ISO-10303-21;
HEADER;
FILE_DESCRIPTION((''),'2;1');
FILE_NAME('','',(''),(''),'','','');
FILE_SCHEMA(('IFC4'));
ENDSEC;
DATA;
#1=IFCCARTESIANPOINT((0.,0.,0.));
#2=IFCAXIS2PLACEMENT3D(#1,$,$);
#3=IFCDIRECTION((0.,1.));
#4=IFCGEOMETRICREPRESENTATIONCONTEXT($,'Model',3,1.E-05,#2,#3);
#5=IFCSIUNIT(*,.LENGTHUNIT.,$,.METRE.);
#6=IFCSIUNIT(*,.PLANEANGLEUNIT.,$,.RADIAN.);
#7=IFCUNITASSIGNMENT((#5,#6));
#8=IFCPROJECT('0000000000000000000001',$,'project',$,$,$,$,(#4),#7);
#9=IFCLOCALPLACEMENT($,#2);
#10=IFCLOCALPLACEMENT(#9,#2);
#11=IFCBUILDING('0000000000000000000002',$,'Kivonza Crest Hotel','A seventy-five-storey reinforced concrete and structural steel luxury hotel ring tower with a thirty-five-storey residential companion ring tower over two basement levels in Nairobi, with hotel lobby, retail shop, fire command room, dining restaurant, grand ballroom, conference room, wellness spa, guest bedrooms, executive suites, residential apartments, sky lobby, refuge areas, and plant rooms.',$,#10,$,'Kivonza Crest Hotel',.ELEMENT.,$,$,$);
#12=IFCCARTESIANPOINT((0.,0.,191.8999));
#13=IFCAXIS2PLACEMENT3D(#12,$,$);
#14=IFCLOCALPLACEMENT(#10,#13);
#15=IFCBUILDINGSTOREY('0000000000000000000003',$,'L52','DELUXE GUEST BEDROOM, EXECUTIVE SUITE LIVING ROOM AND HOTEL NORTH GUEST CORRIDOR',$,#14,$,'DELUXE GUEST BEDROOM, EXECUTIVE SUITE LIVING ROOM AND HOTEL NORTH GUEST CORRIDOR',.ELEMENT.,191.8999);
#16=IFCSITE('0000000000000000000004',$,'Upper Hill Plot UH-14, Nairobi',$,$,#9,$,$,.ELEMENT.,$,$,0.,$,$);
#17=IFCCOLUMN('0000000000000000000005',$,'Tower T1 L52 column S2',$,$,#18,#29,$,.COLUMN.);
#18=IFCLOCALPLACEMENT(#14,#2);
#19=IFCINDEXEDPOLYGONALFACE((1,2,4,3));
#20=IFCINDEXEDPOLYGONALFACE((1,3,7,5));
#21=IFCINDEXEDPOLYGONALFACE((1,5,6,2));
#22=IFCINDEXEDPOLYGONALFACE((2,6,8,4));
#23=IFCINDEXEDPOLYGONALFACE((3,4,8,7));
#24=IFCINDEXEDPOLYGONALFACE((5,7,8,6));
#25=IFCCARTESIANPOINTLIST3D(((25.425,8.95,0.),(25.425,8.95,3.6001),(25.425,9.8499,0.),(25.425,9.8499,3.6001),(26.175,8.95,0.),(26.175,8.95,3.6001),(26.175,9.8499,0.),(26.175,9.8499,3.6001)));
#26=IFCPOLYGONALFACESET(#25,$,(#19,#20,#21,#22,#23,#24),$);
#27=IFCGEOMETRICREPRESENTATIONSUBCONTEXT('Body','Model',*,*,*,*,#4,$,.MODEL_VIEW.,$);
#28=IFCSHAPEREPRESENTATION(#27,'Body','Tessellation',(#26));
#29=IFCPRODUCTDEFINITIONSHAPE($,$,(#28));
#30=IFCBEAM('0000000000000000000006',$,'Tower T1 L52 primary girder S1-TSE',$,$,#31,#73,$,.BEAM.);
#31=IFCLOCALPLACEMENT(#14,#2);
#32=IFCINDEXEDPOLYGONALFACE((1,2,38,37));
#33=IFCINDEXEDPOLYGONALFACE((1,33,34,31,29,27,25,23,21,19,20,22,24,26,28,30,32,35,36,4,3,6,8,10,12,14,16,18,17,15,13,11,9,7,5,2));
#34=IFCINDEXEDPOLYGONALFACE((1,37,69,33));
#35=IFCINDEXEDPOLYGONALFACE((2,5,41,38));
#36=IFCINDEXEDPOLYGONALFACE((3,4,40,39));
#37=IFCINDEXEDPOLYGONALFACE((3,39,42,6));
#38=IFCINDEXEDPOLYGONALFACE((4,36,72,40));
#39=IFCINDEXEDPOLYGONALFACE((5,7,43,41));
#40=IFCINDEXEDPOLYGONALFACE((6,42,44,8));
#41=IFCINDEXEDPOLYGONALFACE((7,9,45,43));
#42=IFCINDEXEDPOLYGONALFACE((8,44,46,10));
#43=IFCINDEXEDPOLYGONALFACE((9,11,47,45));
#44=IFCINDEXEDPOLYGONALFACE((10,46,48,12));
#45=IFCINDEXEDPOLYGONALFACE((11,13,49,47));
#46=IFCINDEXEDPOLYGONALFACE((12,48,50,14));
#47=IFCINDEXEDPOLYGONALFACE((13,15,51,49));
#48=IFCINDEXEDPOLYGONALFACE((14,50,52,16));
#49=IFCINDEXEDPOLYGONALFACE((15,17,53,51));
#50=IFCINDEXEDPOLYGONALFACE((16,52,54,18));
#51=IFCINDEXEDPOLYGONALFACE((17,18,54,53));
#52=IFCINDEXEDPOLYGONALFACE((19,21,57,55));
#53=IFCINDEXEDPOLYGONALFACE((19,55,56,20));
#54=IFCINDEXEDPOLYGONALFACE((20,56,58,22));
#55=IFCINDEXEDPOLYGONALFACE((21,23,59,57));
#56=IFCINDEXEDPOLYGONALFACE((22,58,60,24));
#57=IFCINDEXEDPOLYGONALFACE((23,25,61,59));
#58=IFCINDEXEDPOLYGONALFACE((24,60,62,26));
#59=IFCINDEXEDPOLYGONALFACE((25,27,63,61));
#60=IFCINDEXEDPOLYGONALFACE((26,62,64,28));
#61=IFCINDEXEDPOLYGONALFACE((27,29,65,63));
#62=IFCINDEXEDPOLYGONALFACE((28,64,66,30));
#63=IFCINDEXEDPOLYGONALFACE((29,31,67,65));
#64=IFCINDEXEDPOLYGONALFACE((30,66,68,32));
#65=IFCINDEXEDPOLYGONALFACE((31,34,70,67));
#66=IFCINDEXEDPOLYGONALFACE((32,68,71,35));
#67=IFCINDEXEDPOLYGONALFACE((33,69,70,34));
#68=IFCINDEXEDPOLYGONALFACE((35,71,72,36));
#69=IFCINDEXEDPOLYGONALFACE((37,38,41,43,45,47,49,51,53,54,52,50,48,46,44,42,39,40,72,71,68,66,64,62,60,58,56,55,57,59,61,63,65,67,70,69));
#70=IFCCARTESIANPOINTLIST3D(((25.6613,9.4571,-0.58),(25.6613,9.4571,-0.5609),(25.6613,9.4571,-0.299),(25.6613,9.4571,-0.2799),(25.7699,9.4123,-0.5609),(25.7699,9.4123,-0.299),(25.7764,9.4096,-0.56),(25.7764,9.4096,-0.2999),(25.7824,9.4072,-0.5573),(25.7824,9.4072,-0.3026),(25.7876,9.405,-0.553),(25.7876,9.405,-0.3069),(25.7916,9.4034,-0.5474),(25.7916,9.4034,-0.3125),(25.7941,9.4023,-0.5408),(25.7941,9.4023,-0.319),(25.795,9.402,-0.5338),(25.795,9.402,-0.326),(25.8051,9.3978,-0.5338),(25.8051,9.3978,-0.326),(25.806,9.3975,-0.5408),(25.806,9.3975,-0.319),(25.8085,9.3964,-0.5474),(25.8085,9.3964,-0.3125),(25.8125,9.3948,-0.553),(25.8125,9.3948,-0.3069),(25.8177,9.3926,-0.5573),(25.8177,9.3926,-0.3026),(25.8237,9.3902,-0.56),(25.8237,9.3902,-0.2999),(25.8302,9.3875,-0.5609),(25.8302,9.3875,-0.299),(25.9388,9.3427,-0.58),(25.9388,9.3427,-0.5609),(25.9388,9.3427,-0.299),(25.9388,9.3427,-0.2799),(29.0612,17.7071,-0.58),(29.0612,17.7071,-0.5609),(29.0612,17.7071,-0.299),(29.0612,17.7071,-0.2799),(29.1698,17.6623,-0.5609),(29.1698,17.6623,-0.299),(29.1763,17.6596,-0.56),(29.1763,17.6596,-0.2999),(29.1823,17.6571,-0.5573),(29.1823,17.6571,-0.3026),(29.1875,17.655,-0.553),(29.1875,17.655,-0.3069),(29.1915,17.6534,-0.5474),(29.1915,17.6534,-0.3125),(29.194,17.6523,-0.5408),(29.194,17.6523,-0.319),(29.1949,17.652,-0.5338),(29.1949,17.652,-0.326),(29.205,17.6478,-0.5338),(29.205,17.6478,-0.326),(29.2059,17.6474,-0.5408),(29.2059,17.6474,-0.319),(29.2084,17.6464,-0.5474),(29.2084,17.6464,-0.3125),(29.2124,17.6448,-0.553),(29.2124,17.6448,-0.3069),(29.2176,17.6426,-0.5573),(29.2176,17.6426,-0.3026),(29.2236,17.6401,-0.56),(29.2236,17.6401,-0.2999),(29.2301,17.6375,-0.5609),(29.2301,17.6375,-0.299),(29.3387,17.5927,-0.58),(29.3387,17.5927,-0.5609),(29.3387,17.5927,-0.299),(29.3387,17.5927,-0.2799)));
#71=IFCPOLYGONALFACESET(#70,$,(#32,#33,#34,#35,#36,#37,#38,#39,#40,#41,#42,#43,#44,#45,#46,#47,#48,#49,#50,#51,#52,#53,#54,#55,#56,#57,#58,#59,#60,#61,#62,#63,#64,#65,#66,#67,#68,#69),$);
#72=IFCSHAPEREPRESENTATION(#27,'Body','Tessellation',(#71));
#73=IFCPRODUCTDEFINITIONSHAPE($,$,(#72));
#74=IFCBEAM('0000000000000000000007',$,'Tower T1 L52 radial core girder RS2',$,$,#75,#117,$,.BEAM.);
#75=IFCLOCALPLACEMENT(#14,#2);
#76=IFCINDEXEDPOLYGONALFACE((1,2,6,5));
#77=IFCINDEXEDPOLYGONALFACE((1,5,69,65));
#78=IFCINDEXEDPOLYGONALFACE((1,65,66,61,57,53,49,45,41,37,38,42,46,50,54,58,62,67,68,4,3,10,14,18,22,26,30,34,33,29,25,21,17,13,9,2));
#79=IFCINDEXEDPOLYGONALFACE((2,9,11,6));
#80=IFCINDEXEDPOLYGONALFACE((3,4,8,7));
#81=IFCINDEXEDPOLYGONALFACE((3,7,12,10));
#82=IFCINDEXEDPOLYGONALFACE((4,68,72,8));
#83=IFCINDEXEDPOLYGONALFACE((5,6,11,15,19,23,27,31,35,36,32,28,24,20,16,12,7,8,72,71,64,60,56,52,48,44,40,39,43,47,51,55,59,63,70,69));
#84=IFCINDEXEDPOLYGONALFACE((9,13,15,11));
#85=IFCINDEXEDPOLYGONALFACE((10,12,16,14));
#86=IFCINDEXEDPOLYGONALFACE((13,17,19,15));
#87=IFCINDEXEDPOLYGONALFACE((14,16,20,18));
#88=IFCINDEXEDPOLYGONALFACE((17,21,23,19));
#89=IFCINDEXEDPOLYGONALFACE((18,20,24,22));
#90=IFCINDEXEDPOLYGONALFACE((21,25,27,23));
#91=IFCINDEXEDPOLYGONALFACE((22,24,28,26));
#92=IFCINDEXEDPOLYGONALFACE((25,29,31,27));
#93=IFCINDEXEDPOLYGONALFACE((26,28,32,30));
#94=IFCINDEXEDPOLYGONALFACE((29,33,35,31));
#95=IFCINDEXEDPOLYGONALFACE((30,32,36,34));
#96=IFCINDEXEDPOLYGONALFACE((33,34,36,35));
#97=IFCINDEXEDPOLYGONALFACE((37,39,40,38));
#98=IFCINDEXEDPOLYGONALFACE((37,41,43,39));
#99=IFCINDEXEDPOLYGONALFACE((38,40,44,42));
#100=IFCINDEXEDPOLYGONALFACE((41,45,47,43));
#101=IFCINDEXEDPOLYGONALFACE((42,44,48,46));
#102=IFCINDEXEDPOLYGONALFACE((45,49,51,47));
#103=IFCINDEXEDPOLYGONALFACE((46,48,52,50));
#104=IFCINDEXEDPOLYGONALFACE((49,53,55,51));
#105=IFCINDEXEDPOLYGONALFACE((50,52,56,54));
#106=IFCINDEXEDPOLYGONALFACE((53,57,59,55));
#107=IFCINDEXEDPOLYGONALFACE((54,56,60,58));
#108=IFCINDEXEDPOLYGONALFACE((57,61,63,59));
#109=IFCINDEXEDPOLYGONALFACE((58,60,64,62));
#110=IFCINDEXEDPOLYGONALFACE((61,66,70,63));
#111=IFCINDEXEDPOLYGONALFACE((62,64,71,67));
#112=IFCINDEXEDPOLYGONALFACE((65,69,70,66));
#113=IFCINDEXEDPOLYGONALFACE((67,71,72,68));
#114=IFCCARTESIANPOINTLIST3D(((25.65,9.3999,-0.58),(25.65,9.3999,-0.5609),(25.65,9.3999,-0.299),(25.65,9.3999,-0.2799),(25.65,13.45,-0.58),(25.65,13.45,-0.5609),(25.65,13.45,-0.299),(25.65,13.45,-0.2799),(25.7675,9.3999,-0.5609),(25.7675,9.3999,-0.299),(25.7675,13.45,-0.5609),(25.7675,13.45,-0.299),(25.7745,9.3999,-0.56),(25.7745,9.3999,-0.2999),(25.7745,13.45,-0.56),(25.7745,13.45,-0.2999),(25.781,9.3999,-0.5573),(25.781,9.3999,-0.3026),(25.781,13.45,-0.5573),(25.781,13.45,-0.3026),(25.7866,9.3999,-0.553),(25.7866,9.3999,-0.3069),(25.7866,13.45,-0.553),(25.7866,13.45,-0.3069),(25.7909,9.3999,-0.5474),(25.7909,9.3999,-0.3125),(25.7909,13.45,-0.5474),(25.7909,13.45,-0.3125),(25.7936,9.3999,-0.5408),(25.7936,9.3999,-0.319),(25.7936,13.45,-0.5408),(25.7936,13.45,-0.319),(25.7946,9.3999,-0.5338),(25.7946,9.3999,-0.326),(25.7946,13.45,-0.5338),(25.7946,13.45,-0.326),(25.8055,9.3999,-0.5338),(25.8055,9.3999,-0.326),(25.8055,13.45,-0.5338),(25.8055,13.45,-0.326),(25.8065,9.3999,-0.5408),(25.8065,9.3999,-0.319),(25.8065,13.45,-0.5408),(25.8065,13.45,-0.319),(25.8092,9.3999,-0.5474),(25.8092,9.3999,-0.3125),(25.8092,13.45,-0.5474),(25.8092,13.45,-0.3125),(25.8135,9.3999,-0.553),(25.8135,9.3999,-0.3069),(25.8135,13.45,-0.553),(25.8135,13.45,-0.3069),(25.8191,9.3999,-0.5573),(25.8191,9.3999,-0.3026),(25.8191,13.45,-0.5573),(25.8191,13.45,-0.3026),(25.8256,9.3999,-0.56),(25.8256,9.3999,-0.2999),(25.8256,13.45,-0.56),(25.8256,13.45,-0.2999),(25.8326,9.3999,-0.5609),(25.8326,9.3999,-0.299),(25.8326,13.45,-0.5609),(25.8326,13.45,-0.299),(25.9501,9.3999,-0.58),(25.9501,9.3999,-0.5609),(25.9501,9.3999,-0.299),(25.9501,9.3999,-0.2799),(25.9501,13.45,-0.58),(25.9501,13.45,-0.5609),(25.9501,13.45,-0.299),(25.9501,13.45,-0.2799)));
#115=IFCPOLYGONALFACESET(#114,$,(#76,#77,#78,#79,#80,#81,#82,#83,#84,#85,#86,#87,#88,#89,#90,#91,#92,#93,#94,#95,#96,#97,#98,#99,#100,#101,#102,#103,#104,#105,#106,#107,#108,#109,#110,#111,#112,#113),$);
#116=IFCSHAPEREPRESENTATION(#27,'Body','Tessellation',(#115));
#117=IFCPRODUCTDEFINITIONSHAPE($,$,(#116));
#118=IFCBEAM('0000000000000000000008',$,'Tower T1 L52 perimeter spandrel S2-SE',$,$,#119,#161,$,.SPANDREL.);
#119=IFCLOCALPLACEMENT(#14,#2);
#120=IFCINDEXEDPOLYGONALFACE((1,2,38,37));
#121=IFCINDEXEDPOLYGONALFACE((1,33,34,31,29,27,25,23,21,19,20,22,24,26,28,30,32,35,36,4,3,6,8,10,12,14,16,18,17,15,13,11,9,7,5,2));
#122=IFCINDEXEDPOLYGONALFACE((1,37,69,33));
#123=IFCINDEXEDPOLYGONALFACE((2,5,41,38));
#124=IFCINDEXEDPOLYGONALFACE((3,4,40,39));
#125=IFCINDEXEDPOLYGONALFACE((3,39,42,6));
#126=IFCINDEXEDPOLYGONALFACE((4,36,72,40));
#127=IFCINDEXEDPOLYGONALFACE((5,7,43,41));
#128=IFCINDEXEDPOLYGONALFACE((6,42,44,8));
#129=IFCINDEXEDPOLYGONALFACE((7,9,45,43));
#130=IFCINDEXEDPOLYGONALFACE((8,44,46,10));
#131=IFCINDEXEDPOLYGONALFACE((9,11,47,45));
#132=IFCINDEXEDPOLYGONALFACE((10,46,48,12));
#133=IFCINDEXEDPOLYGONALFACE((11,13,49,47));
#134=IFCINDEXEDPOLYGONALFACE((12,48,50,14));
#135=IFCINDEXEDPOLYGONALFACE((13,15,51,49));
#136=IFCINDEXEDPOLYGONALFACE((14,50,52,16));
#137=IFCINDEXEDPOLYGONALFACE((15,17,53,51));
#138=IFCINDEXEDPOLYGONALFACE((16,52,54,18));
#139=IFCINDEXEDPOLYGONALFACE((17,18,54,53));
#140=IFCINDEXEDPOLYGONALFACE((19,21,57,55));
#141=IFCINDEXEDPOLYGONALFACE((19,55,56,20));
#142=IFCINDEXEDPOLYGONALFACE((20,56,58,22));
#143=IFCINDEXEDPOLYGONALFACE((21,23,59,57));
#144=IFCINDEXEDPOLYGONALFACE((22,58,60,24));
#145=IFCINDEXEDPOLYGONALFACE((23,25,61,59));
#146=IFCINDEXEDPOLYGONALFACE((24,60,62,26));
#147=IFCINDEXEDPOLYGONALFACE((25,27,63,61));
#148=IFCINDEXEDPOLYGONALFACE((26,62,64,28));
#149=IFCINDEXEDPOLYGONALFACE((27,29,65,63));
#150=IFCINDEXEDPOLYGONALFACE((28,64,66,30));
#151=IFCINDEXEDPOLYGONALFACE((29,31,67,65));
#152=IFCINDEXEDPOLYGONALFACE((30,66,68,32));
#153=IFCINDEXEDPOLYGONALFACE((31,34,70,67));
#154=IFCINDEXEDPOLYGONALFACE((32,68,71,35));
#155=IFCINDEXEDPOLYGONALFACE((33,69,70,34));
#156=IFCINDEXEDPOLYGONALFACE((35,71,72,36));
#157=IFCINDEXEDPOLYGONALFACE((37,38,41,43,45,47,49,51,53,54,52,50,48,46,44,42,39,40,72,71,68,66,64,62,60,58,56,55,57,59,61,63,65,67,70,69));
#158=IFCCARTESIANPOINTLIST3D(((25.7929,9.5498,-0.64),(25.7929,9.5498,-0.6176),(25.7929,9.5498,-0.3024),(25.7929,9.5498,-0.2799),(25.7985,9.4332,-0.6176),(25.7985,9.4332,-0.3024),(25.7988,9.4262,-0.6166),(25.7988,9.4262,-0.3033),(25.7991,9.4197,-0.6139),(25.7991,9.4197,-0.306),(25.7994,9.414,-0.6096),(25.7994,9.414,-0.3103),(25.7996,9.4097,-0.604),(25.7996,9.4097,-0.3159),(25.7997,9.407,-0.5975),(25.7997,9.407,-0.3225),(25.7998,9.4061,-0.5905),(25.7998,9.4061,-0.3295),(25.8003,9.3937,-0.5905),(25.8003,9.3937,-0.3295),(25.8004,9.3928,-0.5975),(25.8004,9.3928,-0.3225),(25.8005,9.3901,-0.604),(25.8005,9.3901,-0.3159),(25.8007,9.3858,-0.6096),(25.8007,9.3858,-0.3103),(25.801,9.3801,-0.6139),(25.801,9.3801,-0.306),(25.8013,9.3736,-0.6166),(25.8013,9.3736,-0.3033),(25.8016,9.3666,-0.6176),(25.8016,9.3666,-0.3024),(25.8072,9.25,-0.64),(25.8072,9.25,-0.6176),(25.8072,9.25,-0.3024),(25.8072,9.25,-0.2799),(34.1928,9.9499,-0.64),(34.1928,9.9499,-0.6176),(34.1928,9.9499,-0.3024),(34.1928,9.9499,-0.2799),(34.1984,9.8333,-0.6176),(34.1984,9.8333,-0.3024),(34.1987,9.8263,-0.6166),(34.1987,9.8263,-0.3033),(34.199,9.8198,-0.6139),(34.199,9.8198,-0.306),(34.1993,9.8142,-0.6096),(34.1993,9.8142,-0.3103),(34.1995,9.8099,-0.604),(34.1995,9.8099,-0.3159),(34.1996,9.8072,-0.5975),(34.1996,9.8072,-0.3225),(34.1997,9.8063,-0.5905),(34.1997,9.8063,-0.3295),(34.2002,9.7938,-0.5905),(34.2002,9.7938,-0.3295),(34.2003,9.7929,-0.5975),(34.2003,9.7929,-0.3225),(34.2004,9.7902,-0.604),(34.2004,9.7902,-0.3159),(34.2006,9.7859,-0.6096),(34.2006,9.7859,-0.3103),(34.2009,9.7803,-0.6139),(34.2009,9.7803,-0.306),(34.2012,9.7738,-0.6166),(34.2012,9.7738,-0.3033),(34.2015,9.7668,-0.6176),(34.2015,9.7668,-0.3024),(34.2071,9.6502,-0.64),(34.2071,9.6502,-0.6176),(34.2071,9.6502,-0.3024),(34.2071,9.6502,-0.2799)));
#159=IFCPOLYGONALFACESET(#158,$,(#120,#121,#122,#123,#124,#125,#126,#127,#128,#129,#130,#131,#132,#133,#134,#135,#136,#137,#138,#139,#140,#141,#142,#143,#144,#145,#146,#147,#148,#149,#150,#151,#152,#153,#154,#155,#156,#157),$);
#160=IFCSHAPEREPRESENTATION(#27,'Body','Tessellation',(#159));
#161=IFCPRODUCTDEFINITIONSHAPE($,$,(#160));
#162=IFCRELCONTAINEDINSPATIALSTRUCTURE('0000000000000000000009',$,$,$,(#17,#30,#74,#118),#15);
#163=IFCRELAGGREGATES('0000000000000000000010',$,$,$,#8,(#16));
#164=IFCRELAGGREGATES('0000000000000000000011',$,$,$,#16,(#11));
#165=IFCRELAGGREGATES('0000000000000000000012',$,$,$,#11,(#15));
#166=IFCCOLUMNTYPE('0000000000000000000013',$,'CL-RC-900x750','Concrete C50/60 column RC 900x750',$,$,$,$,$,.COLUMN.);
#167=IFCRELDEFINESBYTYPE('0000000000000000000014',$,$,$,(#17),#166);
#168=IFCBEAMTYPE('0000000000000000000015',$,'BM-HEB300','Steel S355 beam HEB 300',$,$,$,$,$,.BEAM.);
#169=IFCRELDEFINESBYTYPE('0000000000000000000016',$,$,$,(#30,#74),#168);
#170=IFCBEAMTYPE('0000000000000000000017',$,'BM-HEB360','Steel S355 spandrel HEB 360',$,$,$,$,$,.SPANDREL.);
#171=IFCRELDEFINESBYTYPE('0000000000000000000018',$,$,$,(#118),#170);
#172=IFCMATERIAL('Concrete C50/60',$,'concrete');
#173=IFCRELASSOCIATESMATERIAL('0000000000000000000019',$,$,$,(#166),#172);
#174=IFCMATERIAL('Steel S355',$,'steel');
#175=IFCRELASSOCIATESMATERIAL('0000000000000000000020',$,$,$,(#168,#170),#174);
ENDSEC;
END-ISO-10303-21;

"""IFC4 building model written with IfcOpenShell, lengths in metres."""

from ifc_helpers import new_model, si_unit, direction, frame, origin, origin_2d, place, context, subcontext, project, spatial, rectangle, i_section, extrude, material, material_profile, profile_set, type_object, element, save


model = new_model("IFC4")

# Units and contexts
model_context = context("Model", 3, precision=1e-05, world=origin(), true_north=direction((0.0, 1.0)))
body_context = subcontext(model_context, "Body", "Model", "MODEL_VIEW")
ifc_project = project(units=[si_unit("LENGTHUNIT", "METRE"), si_unit("PLANEANGLEUNIT", "RADIAN")], contexts=[model_context])

# Site, building, storey
site_placement = place(None, origin())
site = spatial("IfcSite", under=ifc_project, at=site_placement, Name="Upper Hill Plot UH-14, Nairobi", CompositionType="ELEMENT", RefElevation=0.0)
building_placement = place(site_placement, origin())
building = spatial("IfcBuilding", under=site, at=building_placement, Name="Kivonza Crest Hotel", Description="A seventy-five-storey reinforced concrete and structural steel luxury hotel ring tower with a thirty-five-storey residential companion ring tower over two basement levels in Nairobi, with hotel lobby, retail shop, fire command room, dining restaurant, grand ballroom, conference room, wellness spa, guest bedrooms, executive suites, residential apartments, sky lobby, refuge areas, and plant rooms.", LongName="Kivonza Crest Hotel", CompositionType="ELEMENT")
storey_placement = place(building_placement, frame((0.0, 0.0, 191.8999)))
storey = spatial("IfcBuildingStorey", under=building, at=storey_placement, Name="L52", Description="DELUXE GUEST BEDROOM, EXECUTIVE SUITE LIVING ROOM AND HOTEL NORTH GUEST CORRIDOR", LongName="DELUXE GUEST BEDROOM, EXECUTIVE SUITE LIVING ROOM AND HOTEL NORTH GUEST CORRIDOR", CompositionType="ELEMENT", Elevation=191.8999)

# Column
ifc_material_1 = material(Name="Concrete C50/60", Category="concrete")
ifc_material_profile_1 = material_profile(ifc_material_1, rectangle(XDim=0.75, YDim=0.8999, at=origin_2d()), Name="RC 900x750")
ifc_profile_set_1 = profile_set([ifc_material_profile_1], Name="Concrete C50/60")
column_type = type_object("IfcColumnType", Name="CL-RC-900x750", Description="Concrete C50/60 column RC 900x750", PredefinedType="COLUMN", material=ifc_profile_set_1)
column_placement = place(storey_placement, frame((25.8, 9.3999, 0.0), z_axis=(0.0, 0.0, 1.0), x_axis=(1.0, 0.0, 0.0)))
element("IfcColumn", 1, at=column_placement, inside=storey, type_object=column_type, Name="Tower T1 L52 column S2", PredefinedType="COLUMN", context=body_context, shape_type="SweptSolid", body=[
    extrude(rectangle(XDim=0.75, YDim=0.8999, at=origin_2d()), origin(), (0.0, 0.0, 1.0), 3.6001),
])

# Beams
ifc_material_2 = material(Name="Steel S355", Category="steel")
ifc_material_profile_2 = material_profile(ifc_material_2, i_section(OverallWidth=0.3, OverallDepth=0.3, WebThickness=0.011, FlangeThickness=0.019, FilletRadius=0.0271, at=origin_2d()), Name="HEB 300")
ifc_profile_set_2 = profile_set([ifc_material_profile_2], Name="Steel S355")
beam_type_1 = type_object("IfcBeamType", Name="BM-HEB300", Description="Steel S355 beam HEB 300", PredefinedType="BEAM", material=ifc_profile_set_2)
beam_1_placement = place(storey_placement, frame((25.8, 9.3999, -0.4299), z_axis=(0.381022, 0.924566, 0.0), x_axis=(-0.924566, 0.381022, 0.0)))
element("IfcBeam", 2, at=beam_1_placement, inside=storey, type_object=beam_type_1, Name="Tower T1 L52 primary girder S1-TSE", PredefinedType="BEAM", context=body_context, shape_type="SweptSolid", body=[
    extrude(i_section(OverallWidth=0.3, OverallDepth=0.3, WebThickness=0.011, FlangeThickness=0.019, FilletRadius=0.0271, at=origin_2d()), origin(), (0.0, 0.0, 1.0), 8.9231),
])
beam_2_placement = place(storey_placement, frame((25.8, 9.3999, -0.4299), z_axis=(0.0, 1.0, 0.0), x_axis=(-1.0, 0.0, 0.0)))
element("IfcBeam", 3, at=beam_2_placement, inside=storey, type_object=beam_type_1, Name="Tower T1 L52 radial core girder RS2", PredefinedType="BEAM", context=body_context, shape_type="SweptSolid", body=[
    extrude(i_section(OverallWidth=0.3, OverallDepth=0.3, WebThickness=0.011, FlangeThickness=0.019, FilletRadius=0.0271, at=origin_2d()), origin(), (0.0, 0.0, 1.0), 4.05),
])
ifc_material_profile_3 = material_profile(ifc_material_2, i_section(OverallWidth=0.3, OverallDepth=0.3601, WebThickness=0.0125, FlangeThickness=0.0225, FilletRadius=0.0271, at=origin_2d()), Name="HEB 360")
ifc_profile_set_3 = profile_set([ifc_material_profile_3], Name="Steel S355")
beam_type_2 = type_object("IfcBeamType", Name="BM-HEB360", Description="Steel S355 spandrel HEB 360", PredefinedType="SPANDREL", material=ifc_profile_set_3)
beam_3_placement = place(storey_placement, frame((25.8, 9.3999, -0.46), z_axis=(0.998867, 0.047583, 0.0), x_axis=(-0.047583, 0.998867, 0.0)))
element("IfcBeam", 4, at=beam_3_placement, inside=storey, type_object=beam_type_2, Name="Tower T1 L52 perimeter spandrel S2-SE", PredefinedType="SPANDREL", context=body_context, shape_type="SweptSolid", body=[
    extrude(i_section(OverallWidth=0.3, OverallDepth=0.3601, WebThickness=0.0125, FlangeThickness=0.0225, FilletRadius=0.0271, at=origin_2d()), origin(), (0.0, 0.0, 1.0), 8.4094),
])

save(model, "model.ifc")
